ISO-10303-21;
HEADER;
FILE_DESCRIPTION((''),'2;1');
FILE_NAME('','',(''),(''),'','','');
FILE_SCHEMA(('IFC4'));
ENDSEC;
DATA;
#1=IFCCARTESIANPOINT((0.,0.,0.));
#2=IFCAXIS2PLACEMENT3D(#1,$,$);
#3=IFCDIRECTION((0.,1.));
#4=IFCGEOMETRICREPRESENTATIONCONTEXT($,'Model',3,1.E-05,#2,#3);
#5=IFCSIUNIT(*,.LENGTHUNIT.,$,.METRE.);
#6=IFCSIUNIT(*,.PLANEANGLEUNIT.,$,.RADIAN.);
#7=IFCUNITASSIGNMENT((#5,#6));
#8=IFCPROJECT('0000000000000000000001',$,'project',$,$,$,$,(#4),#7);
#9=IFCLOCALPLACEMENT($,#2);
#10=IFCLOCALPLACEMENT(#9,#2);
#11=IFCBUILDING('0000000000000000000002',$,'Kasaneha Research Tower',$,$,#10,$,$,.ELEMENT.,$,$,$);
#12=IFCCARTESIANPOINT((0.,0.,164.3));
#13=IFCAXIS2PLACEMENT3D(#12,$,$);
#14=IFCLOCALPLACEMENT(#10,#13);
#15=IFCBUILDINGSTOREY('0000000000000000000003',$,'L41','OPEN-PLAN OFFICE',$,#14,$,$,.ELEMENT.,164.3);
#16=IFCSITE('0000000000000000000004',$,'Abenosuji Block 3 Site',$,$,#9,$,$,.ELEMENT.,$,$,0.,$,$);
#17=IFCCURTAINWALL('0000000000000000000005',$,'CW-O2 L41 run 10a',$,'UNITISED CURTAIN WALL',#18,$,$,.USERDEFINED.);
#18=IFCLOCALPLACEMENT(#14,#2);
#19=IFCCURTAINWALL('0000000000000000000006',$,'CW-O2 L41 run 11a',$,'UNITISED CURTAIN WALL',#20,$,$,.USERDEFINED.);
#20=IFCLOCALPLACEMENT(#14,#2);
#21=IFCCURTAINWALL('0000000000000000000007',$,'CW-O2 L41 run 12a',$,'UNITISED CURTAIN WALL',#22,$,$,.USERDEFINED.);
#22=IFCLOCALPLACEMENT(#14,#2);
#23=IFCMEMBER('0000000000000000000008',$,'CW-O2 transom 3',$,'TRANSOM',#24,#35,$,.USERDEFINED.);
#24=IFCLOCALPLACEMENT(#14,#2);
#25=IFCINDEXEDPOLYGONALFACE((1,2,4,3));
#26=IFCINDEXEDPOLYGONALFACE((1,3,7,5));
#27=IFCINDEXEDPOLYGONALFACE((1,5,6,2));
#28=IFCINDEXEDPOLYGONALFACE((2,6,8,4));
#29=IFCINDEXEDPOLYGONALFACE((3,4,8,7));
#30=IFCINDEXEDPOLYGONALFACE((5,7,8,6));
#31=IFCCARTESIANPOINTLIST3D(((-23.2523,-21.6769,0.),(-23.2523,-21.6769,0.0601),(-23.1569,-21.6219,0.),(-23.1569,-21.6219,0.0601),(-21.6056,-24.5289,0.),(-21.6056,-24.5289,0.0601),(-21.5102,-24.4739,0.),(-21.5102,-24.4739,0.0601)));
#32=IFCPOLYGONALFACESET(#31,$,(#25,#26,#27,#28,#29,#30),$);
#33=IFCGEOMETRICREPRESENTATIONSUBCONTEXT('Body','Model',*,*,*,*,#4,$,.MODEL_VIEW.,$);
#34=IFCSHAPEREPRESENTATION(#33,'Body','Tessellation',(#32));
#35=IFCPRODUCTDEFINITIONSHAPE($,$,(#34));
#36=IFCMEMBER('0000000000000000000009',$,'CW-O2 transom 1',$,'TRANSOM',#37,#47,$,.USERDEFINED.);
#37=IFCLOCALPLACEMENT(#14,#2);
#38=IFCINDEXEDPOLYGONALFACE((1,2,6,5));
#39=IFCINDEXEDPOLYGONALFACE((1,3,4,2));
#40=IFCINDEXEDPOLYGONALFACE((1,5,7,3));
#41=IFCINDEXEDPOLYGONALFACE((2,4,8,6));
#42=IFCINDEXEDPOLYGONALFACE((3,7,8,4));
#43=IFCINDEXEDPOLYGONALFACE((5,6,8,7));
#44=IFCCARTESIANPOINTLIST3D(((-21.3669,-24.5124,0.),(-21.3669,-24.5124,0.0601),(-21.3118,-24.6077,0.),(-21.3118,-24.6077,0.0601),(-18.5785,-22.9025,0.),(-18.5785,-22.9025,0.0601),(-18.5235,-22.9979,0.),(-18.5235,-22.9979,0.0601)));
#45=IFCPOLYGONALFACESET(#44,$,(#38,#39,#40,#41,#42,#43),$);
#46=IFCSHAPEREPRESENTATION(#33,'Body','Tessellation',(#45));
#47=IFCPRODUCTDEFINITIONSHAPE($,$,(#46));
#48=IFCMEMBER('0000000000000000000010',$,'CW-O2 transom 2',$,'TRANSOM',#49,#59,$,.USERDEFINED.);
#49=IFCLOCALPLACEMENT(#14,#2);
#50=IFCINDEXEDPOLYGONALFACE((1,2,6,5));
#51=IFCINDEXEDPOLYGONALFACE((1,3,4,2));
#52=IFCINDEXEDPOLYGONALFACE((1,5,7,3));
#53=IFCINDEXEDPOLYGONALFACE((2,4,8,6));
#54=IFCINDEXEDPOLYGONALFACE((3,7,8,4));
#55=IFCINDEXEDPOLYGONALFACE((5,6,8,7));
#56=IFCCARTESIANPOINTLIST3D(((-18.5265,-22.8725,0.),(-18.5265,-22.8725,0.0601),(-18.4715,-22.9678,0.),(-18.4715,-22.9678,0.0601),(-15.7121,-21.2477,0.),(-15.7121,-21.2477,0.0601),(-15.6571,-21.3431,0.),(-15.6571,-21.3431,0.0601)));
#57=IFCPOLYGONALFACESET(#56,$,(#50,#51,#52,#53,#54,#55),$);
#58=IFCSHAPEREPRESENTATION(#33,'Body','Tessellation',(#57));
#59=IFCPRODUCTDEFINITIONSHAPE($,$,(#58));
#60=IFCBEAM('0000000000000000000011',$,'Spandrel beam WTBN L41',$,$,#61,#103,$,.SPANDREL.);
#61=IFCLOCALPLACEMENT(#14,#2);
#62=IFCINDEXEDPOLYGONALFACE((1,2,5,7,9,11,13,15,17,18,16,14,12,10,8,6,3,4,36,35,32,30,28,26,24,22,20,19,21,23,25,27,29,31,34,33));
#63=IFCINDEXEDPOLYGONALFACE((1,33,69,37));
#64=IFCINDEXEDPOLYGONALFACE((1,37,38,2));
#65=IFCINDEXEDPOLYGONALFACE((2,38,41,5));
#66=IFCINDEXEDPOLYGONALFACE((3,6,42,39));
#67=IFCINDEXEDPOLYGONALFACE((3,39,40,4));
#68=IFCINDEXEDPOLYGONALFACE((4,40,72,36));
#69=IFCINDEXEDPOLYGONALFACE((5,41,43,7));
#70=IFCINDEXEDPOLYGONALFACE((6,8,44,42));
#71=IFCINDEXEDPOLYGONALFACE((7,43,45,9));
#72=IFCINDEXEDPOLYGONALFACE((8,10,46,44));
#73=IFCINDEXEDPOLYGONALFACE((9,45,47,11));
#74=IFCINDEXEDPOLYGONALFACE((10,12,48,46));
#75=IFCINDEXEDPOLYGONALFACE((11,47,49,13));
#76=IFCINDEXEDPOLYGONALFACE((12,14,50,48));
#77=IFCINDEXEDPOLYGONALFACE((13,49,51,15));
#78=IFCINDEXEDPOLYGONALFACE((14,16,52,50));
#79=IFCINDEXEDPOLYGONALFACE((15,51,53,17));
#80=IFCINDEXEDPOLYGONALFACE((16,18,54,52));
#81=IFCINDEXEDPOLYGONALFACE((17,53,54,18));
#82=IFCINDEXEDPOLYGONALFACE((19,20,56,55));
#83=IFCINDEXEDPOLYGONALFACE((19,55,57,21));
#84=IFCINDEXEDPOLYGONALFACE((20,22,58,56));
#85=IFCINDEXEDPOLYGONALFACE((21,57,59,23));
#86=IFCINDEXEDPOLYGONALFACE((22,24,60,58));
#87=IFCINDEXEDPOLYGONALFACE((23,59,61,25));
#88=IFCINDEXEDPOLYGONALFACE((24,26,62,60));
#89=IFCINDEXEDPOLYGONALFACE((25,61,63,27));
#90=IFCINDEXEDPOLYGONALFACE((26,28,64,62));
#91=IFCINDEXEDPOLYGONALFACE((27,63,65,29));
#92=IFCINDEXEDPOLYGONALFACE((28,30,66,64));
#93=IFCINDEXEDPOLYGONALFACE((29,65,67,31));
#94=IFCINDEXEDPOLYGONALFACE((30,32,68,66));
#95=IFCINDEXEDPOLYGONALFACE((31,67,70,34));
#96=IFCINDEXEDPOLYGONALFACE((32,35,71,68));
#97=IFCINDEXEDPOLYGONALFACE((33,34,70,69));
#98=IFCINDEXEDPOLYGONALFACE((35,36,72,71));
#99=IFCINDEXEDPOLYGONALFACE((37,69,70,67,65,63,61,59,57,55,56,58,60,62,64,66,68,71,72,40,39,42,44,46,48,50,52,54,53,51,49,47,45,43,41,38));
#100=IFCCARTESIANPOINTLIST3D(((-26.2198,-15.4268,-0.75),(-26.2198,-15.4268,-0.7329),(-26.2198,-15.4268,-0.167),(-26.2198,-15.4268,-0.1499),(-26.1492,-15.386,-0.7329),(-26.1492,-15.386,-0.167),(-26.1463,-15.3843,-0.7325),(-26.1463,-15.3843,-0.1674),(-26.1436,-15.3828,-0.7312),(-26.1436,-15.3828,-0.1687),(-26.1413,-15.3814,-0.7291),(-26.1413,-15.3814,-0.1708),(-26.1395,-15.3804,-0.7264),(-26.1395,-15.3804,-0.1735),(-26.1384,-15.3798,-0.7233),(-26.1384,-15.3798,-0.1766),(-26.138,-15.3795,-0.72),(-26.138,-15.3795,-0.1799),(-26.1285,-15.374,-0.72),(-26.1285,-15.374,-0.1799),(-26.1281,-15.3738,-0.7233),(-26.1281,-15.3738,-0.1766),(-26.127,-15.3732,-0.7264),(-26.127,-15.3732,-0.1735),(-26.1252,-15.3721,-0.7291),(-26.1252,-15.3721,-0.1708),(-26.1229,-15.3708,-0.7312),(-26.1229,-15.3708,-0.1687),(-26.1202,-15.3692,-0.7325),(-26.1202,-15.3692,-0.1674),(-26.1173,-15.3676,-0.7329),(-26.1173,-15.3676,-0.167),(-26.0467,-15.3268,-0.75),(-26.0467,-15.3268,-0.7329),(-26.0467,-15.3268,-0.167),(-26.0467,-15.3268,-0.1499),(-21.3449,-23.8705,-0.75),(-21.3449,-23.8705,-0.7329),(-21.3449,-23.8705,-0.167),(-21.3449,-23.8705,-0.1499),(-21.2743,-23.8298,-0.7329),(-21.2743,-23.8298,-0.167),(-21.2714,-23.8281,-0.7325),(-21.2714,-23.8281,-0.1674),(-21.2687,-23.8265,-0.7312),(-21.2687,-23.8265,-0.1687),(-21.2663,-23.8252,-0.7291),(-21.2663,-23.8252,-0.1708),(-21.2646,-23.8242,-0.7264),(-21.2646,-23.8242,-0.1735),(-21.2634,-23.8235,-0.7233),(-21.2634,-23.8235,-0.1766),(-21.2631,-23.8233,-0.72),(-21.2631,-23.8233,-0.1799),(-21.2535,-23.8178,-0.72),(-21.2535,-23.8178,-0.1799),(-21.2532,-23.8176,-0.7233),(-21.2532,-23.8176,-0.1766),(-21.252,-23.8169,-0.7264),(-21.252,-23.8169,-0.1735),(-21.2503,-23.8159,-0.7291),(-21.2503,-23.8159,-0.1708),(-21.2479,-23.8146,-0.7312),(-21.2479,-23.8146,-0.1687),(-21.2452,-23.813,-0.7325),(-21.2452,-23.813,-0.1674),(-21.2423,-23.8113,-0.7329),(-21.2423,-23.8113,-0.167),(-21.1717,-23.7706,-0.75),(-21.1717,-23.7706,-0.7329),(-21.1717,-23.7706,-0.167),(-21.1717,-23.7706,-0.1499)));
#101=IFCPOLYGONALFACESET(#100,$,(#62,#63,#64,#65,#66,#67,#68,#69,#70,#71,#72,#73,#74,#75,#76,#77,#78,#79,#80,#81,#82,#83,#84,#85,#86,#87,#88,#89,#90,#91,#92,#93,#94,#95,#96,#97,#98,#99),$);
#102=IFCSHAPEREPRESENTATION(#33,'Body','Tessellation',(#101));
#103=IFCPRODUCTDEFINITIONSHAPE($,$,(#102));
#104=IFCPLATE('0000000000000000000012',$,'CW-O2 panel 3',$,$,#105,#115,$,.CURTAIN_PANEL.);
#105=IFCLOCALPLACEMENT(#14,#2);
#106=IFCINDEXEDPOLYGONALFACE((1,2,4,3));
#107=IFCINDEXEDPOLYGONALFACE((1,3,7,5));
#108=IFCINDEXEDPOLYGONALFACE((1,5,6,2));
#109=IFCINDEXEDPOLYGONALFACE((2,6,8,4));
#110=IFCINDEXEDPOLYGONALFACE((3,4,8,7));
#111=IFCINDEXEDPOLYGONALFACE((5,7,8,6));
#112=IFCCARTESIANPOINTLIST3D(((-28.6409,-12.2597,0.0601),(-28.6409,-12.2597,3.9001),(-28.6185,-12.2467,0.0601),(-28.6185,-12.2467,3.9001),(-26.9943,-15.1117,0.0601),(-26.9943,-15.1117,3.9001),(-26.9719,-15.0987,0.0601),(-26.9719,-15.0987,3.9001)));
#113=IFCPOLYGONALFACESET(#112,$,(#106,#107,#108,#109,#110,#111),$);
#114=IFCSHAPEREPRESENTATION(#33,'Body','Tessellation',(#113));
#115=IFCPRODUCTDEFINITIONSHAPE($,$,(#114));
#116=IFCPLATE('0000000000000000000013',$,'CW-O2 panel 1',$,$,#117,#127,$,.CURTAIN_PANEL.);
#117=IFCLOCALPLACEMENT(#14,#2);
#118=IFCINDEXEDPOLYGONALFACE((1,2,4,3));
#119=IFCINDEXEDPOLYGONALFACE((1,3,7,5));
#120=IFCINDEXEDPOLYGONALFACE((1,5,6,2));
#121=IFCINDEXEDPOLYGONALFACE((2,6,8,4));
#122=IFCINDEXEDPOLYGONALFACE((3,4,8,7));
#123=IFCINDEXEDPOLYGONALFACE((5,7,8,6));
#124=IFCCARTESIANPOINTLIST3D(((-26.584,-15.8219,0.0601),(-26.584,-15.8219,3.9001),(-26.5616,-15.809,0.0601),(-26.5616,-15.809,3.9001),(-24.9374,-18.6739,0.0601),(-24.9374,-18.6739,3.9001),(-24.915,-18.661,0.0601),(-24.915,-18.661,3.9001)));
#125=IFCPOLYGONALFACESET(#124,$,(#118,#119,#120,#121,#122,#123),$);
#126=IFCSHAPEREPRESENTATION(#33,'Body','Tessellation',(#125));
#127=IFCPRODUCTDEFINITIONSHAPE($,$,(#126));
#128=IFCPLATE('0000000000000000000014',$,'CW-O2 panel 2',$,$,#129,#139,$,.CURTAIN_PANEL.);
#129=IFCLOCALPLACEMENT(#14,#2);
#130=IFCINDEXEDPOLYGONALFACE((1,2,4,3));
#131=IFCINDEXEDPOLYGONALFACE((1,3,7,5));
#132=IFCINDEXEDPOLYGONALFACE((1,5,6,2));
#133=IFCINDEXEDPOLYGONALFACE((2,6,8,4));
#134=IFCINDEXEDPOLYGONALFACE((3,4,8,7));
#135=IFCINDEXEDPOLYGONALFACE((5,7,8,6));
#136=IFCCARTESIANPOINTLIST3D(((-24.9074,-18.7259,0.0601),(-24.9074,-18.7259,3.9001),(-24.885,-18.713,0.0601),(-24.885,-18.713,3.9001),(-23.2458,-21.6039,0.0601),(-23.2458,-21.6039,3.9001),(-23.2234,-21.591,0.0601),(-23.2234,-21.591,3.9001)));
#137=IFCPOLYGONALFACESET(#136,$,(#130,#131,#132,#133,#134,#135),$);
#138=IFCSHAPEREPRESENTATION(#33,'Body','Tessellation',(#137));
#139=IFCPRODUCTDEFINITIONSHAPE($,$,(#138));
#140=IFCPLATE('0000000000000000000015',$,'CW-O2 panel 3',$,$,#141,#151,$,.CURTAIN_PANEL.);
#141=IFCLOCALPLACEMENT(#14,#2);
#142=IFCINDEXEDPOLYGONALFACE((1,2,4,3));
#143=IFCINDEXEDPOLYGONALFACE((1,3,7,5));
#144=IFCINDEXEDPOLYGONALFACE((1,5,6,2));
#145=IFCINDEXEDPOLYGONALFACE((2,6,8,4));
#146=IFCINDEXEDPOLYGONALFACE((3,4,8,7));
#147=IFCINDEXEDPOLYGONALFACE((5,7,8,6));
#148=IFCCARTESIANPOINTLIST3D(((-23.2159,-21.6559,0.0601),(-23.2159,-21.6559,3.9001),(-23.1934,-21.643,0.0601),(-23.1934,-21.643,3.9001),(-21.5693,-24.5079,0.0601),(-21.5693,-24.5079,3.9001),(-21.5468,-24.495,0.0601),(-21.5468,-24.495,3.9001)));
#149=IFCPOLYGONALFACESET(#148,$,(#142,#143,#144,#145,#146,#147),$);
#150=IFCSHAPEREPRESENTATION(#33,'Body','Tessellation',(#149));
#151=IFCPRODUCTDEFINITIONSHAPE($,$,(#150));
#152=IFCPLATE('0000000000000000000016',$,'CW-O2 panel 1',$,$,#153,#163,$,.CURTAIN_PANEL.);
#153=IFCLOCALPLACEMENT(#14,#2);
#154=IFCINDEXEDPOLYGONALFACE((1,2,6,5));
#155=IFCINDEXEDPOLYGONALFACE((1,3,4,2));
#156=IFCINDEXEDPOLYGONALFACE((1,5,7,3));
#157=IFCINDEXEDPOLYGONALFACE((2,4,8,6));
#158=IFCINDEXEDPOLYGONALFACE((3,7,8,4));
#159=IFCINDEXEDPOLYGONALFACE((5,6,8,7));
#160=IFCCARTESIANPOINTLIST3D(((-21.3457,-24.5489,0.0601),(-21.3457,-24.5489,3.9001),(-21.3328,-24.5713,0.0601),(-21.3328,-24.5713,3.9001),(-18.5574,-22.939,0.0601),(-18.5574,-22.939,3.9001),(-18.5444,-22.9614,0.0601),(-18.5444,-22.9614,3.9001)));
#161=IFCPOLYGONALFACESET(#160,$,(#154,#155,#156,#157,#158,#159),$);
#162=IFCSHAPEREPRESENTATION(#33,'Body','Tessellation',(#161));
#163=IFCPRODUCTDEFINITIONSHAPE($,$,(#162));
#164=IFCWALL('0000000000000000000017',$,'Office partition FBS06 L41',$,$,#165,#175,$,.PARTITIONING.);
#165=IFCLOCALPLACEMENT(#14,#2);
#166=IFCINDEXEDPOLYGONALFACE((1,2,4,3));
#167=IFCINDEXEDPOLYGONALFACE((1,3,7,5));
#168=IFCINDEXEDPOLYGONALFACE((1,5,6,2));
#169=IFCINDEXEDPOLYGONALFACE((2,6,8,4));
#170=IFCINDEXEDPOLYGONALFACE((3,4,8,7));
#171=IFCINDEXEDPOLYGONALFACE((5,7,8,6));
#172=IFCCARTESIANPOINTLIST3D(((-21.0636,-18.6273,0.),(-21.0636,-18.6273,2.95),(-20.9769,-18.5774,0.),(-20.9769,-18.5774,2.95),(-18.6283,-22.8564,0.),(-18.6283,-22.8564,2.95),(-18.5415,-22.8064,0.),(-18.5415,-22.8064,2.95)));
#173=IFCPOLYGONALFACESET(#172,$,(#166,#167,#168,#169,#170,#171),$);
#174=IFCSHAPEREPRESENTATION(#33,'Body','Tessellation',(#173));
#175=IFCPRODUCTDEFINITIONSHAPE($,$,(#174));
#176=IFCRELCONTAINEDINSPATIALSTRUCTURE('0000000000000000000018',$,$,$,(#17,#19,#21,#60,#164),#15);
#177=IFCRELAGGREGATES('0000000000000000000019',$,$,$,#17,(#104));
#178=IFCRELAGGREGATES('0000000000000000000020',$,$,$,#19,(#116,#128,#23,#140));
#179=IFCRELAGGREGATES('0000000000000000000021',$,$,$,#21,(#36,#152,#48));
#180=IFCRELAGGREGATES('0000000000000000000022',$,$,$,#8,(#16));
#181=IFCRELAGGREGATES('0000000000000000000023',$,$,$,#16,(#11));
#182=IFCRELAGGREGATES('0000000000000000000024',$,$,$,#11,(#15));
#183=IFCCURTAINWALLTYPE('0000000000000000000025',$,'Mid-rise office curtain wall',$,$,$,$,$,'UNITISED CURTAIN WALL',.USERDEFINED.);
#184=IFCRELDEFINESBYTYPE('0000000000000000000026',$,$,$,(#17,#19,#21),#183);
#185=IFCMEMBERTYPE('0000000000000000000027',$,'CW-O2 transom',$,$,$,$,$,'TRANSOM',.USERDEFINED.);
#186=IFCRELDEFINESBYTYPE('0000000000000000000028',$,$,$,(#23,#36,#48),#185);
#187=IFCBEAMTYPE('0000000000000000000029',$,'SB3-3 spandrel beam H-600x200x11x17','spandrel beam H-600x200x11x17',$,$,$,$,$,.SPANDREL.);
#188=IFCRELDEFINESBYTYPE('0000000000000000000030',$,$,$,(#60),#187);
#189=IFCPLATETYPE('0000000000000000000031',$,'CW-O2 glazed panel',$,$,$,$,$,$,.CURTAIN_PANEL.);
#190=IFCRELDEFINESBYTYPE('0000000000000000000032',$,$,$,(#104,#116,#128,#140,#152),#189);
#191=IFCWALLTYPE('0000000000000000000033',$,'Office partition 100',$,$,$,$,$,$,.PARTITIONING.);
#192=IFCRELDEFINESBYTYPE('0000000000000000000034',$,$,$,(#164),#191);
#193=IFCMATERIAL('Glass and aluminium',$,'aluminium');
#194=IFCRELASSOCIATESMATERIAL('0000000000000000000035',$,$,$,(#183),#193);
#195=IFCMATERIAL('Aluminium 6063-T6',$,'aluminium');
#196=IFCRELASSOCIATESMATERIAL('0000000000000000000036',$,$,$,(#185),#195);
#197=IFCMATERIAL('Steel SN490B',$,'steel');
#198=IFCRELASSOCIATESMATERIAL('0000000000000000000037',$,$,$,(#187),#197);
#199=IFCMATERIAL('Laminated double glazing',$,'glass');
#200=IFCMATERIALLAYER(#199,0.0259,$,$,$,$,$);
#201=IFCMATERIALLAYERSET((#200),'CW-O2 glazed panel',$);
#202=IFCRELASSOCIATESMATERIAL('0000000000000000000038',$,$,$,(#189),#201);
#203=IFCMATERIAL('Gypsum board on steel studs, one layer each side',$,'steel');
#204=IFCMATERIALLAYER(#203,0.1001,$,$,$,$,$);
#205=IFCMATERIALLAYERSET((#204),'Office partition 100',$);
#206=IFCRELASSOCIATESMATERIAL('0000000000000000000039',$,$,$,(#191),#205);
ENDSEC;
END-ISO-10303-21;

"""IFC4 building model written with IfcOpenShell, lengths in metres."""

from ifc_helpers import new_model, si_unit, direction, frame, frame_2d, origin, origin_2d, place, context, subcontext, project, spatial, rectangle, i_section, extrude, material, layer, layer_set, material_profile, profile_set, type_object, element, aggregate, save


model = new_model("IFC4")

# Units and contexts
model_context = context("Model", 3, precision=1e-05, world=origin(), true_north=direction((0.0, 1.0)))
body_context = subcontext(model_context, "Body", "Model", "MODEL_VIEW")
ifc_project = project(units=[si_unit("LENGTHUNIT", "METRE"), si_unit("PLANEANGLEUNIT", "RADIAN")], contexts=[model_context])

# Site, building, storey
site_placement = place(None, origin())
site = spatial("IfcSite", under=ifc_project, at=site_placement, Name="Abenosuji Block 3 Site", CompositionType="ELEMENT", RefElevation=0.0)
building_placement = place(site_placement, origin())
building = spatial("IfcBuilding", under=site, at=building_placement, Name="Kasaneha Research Tower", CompositionType="ELEMENT")
storey_placement = place(building_placement, frame((0.0, 0.0, 164.3)))
storey = spatial("IfcBuildingStorey", under=building, at=storey_placement, Name="L41", Description="OPEN-PLAN OFFICE", CompositionType="ELEMENT", Elevation=164.3)

# Curtain wall
ifc_material_1 = material(Name="Glass and aluminium", Category="aluminium")
curtain_wall_type = type_object("IfcCurtainWallType", Name="Mid-rise office curtain wall", ElementType="UNITISED CURTAIN WALL", PredefinedType="USERDEFINED", material=ifc_material_1)
curtain_wall_1_placement = place(storey_placement, origin())
curtain_wall_1 = element("IfcCurtainWall", 1, at=curtain_wall_1_placement, inside=storey, type_object=curtain_wall_type, Name="CW-O2 L41 run 10a", ObjectType="UNITISED CURTAIN WALL", PredefinedType="USERDEFINED")

# Curtain walls
curtain_wall_2_placement = place(storey_placement, origin())
curtain_wall_2 = element("IfcCurtainWall", 2, at=curtain_wall_2_placement, inside=storey, type_object=curtain_wall_type, Name="CW-O2 L41 run 11a", ObjectType="UNITISED CURTAIN WALL", PredefinedType="USERDEFINED")
curtain_wall_3_placement = place(storey_placement, origin())
curtain_wall_3 = element("IfcCurtainWall", 3, at=curtain_wall_3_placement, inside=storey, type_object=curtain_wall_type, Name="CW-O2 L41 run 12a", ObjectType="UNITISED CURTAIN WALL", PredefinedType="USERDEFINED")

# Members
ifc_material_2 = material(Name="Aluminium 6063-T6", Category="aluminium")
ifc_material_profile_1 = material_profile(ifc_material_2, rectangle(XDim=0.1101, YDim=0.0601, at=origin_2d()), Name="CW-O2 transom 110x60")
ifc_profile_set_1 = profile_set([ifc_material_profile_1], Name="Aluminium 6063-T6")
member_type_1 = type_object("IfcMemberType", Name="CW-O2 transom", ElementType="TRANSOM", PredefinedType="USERDEFINED", material=ifc_profile_set_1)
member_1_placement = place(storey_placement, frame((-23.2046, -21.6494, 0.03), z_axis=(0.500022, -0.866013, 0.0), x_axis=(0.866013, 0.500022, 0.0)))
member_1 = element("IfcMember", 4, at=member_1_placement, type_object=member_type_1, Name="CW-O2 transom 3", ObjectType="TRANSOM", PredefinedType="USERDEFINED", context=body_context, shape_type="SweptSolid", body=[
    extrude(rectangle(XDim=0.1101, YDim=0.0601, at=origin_2d()), origin(), (0.0, 0.0, 1.0), 3.2932),
])
member_2_placement = place(storey_placement, frame((-21.3394, -24.5601, 0.03), z_axis=(0.866023, 0.500005, 0.0), x_axis=(-0.500005, 0.866023, 0.0)))
member_2 = element("IfcMember", 5, at=member_2_placement, type_object=member_type_1, Name="CW-O2 transom 1", ObjectType="TRANSOM", PredefinedType="USERDEFINED", context=body_context, shape_type="SweptSolid", body=[
    extrude(rectangle(XDim=0.1101, YDim=0.0601, at=origin_2d()), origin(), (0.0, 0.0, 1.0), 3.2197),
])
member_3_placement = place(storey_placement, frame((-18.499, -22.9202, 0.03), z_axis=(0.866048, 0.499961, 0.0), x_axis=(-0.499961, 0.866048, 0.0)))
member_3 = element("IfcMember", 6, at=member_3_placement, type_object=member_type_1, Name="CW-O2 transom 2", ObjectType="TRANSOM", PredefinedType="USERDEFINED", context=body_context, shape_type="SweptSolid", body=[
    extrude(rectangle(XDim=0.1101, YDim=0.0601, at=origin_2d()), origin(), (0.0, 0.0, 1.0), 3.2498),
])

# Beam
ifc_material_3 = material(Name="Steel SN490B", Category="steel")
ifc_material_profile_2 = material_profile(ifc_material_3, i_section(OverallWidth=0.2, OverallDepth=0.6001, WebThickness=0.011, FlangeThickness=0.0171, FilletRadius=0.0129, at=origin_2d()), Name="H-600x200x11x17")
ifc_profile_set_2 = profile_set([ifc_material_profile_2], Name="Steel SN490B")
beam_type_1 = type_object("IfcBeamType", Name="SB3-3 spandrel beam H-600x200x11x17", Description="spandrel beam H-600x200x11x17", PredefinedType="SPANDREL", material=ifc_profile_set_2)
beam_1_placement = place(storey_placement, frame((-21.2583, -23.8206, -0.45), z_axis=(-0.499996, 0.866028, 0.0), x_axis=(-0.866028, -0.499996, 0.0)))
element("IfcBeam", 7, at=beam_1_placement, inside=storey, type_object=beam_type_1, Name="Spandrel beam WTBN L41", PredefinedType="SPANDREL", context=body_context, shape_type="SweptSolid", body=[
    extrude(i_section(OverallWidth=0.2, OverallDepth=0.6001, WebThickness=0.011, FlangeThickness=0.0171, FilletRadius=0.0129, at=origin_2d()), origin(), (0.0, 0.0, 1.0), 9.75),
])

# Plates
ifc_material_4 = material(Name="Laminated double glazing", Category="glass")
ifc_layer_1 = layer(ifc_material_4, 0.0259)
ifc_layer_set_1 = layer_set([ifc_layer_1], Name="CW-O2 glazed panel")
plate_type = type_object("IfcPlateType", Name="CW-O2 glazed panel", PredefinedType="CURTAIN_PANEL", material=ifc_layer_set_1)
plate_1_placement = place(storey_placement, frame((-27.8064, -13.6792, 0.0601), z_axis=(0.0, 0.0, 1.0), x_axis=(0.5, -0.866025, 0.0)))
plate_1 = element("IfcPlate", 8, at=plate_1_placement, type_object=plate_type, Name="CW-O2 panel 3", PredefinedType="CURTAIN_PANEL", context=body_context, shape_type="SweptSolid", body=[
    extrude(rectangle(XDim=3.2932, YDim=0.0259, at=origin_2d()), origin(), (0.0, 0.0, 1.0), 3.8401),
])
aggregate(curtain_wall_1, [plate_1])
plate_2_placement = place(storey_placement, frame((-25.7495, -17.2415, 0.0601), z_axis=(0.0, 0.0, 1.0), x_axis=(0.5, -0.866025, 0.0)))
plate_2 = element("IfcPlate", 9, at=plate_2_placement, type_object=plate_type, Name="CW-O2 panel 1", PredefinedType="CURTAIN_PANEL", context=body_context, shape_type="SweptSolid", body=[
    extrude(rectangle(XDim=3.2932, YDim=0.0259, at=origin_2d()), origin(), (0.0, 0.0, 1.0), 3.8401),
])
plate_3_placement = place(storey_placement, frame((-24.0654, -20.1584, 0.0601), z_axis=(0.0, 0.0, 1.0), x_axis=(0.5, -0.866025, 0.0)))
plate_3 = element("IfcPlate", 10, at=plate_3_placement, type_object=plate_type, Name="CW-O2 panel 2", PredefinedType="CURTAIN_PANEL", context=body_context, shape_type="SweptSolid", body=[
    extrude(rectangle(XDim=3.3232, YDim=0.0259, at=origin_2d()), origin(), (0.0, 0.0, 1.0), 3.8401),
])
plate_4_placement = place(storey_placement, frame((-22.3813, -23.0754, 0.0601), z_axis=(0.0, 0.0, 1.0), x_axis=(0.5, -0.866025, 0.0)))
plate_4 = element("IfcPlate", 11, at=plate_4_placement, type_object=plate_type, Name="CW-O2 panel 3", PredefinedType="CURTAIN_PANEL", context=body_context, shape_type="SweptSolid", body=[
    extrude(rectangle(XDim=3.2932, YDim=0.0259, at=origin_2d()), origin(), (0.0, 0.0, 1.0), 3.8401),
])
aggregate(curtain_wall_2, [plate_2, plate_3, member_1, plate_4])
plate_5_placement = place(storey_placement, frame((-19.9451, -23.7551, 0.0601), z_axis=(0.0, 0.0, 1.0), x_axis=(0.866025, 0.5, 0.0)))
plate_5 = element("IfcPlate", 12, at=plate_5_placement, type_object=plate_type, Name="CW-O2 panel 1", PredefinedType="CURTAIN_PANEL", context=body_context, shape_type="SweptSolid", body=[
    extrude(rectangle(XDim=3.2197, YDim=0.0259, at=origin_2d()), origin(), (0.0, 0.0, 1.0), 3.8401),
])
aggregate(curtain_wall_3, [member_2, plate_5, member_3])

# Wall
ifc_material_5 = material(Name="Gypsum board on steel studs, one layer each side", Category="steel")
ifc_layer_2 = layer(ifc_material_5, 0.1001)
ifc_layer_set_2 = layer_set([ifc_layer_2], Name="Office partition 100")
wall_type = type_object("IfcWallType", Name="Office partition 100", PredefinedType="PARTITIONING", material=ifc_layer_set_2)
wall_1_placement = place(storey_placement, frame((-18.585, -22.8313, 0.0), z_axis=(0.0, 0.0, 1.0), x_axis=(-0.499029, 0.866585, 0.0)))
element("IfcWall", 13, at=wall_1_placement, inside=storey, type_object=wall_type, Name="Office partition FBS06 L41", PredefinedType="PARTITIONING", context=body_context, shape_type="SweptSolid", body=[
    extrude(rectangle(XDim=4.8801, YDim=0.1001, at=frame_2d((2.4399, 0.0))), origin(), (0.0, 0.0, 1.0), 2.95),
])

save(model, "model.ifc")
